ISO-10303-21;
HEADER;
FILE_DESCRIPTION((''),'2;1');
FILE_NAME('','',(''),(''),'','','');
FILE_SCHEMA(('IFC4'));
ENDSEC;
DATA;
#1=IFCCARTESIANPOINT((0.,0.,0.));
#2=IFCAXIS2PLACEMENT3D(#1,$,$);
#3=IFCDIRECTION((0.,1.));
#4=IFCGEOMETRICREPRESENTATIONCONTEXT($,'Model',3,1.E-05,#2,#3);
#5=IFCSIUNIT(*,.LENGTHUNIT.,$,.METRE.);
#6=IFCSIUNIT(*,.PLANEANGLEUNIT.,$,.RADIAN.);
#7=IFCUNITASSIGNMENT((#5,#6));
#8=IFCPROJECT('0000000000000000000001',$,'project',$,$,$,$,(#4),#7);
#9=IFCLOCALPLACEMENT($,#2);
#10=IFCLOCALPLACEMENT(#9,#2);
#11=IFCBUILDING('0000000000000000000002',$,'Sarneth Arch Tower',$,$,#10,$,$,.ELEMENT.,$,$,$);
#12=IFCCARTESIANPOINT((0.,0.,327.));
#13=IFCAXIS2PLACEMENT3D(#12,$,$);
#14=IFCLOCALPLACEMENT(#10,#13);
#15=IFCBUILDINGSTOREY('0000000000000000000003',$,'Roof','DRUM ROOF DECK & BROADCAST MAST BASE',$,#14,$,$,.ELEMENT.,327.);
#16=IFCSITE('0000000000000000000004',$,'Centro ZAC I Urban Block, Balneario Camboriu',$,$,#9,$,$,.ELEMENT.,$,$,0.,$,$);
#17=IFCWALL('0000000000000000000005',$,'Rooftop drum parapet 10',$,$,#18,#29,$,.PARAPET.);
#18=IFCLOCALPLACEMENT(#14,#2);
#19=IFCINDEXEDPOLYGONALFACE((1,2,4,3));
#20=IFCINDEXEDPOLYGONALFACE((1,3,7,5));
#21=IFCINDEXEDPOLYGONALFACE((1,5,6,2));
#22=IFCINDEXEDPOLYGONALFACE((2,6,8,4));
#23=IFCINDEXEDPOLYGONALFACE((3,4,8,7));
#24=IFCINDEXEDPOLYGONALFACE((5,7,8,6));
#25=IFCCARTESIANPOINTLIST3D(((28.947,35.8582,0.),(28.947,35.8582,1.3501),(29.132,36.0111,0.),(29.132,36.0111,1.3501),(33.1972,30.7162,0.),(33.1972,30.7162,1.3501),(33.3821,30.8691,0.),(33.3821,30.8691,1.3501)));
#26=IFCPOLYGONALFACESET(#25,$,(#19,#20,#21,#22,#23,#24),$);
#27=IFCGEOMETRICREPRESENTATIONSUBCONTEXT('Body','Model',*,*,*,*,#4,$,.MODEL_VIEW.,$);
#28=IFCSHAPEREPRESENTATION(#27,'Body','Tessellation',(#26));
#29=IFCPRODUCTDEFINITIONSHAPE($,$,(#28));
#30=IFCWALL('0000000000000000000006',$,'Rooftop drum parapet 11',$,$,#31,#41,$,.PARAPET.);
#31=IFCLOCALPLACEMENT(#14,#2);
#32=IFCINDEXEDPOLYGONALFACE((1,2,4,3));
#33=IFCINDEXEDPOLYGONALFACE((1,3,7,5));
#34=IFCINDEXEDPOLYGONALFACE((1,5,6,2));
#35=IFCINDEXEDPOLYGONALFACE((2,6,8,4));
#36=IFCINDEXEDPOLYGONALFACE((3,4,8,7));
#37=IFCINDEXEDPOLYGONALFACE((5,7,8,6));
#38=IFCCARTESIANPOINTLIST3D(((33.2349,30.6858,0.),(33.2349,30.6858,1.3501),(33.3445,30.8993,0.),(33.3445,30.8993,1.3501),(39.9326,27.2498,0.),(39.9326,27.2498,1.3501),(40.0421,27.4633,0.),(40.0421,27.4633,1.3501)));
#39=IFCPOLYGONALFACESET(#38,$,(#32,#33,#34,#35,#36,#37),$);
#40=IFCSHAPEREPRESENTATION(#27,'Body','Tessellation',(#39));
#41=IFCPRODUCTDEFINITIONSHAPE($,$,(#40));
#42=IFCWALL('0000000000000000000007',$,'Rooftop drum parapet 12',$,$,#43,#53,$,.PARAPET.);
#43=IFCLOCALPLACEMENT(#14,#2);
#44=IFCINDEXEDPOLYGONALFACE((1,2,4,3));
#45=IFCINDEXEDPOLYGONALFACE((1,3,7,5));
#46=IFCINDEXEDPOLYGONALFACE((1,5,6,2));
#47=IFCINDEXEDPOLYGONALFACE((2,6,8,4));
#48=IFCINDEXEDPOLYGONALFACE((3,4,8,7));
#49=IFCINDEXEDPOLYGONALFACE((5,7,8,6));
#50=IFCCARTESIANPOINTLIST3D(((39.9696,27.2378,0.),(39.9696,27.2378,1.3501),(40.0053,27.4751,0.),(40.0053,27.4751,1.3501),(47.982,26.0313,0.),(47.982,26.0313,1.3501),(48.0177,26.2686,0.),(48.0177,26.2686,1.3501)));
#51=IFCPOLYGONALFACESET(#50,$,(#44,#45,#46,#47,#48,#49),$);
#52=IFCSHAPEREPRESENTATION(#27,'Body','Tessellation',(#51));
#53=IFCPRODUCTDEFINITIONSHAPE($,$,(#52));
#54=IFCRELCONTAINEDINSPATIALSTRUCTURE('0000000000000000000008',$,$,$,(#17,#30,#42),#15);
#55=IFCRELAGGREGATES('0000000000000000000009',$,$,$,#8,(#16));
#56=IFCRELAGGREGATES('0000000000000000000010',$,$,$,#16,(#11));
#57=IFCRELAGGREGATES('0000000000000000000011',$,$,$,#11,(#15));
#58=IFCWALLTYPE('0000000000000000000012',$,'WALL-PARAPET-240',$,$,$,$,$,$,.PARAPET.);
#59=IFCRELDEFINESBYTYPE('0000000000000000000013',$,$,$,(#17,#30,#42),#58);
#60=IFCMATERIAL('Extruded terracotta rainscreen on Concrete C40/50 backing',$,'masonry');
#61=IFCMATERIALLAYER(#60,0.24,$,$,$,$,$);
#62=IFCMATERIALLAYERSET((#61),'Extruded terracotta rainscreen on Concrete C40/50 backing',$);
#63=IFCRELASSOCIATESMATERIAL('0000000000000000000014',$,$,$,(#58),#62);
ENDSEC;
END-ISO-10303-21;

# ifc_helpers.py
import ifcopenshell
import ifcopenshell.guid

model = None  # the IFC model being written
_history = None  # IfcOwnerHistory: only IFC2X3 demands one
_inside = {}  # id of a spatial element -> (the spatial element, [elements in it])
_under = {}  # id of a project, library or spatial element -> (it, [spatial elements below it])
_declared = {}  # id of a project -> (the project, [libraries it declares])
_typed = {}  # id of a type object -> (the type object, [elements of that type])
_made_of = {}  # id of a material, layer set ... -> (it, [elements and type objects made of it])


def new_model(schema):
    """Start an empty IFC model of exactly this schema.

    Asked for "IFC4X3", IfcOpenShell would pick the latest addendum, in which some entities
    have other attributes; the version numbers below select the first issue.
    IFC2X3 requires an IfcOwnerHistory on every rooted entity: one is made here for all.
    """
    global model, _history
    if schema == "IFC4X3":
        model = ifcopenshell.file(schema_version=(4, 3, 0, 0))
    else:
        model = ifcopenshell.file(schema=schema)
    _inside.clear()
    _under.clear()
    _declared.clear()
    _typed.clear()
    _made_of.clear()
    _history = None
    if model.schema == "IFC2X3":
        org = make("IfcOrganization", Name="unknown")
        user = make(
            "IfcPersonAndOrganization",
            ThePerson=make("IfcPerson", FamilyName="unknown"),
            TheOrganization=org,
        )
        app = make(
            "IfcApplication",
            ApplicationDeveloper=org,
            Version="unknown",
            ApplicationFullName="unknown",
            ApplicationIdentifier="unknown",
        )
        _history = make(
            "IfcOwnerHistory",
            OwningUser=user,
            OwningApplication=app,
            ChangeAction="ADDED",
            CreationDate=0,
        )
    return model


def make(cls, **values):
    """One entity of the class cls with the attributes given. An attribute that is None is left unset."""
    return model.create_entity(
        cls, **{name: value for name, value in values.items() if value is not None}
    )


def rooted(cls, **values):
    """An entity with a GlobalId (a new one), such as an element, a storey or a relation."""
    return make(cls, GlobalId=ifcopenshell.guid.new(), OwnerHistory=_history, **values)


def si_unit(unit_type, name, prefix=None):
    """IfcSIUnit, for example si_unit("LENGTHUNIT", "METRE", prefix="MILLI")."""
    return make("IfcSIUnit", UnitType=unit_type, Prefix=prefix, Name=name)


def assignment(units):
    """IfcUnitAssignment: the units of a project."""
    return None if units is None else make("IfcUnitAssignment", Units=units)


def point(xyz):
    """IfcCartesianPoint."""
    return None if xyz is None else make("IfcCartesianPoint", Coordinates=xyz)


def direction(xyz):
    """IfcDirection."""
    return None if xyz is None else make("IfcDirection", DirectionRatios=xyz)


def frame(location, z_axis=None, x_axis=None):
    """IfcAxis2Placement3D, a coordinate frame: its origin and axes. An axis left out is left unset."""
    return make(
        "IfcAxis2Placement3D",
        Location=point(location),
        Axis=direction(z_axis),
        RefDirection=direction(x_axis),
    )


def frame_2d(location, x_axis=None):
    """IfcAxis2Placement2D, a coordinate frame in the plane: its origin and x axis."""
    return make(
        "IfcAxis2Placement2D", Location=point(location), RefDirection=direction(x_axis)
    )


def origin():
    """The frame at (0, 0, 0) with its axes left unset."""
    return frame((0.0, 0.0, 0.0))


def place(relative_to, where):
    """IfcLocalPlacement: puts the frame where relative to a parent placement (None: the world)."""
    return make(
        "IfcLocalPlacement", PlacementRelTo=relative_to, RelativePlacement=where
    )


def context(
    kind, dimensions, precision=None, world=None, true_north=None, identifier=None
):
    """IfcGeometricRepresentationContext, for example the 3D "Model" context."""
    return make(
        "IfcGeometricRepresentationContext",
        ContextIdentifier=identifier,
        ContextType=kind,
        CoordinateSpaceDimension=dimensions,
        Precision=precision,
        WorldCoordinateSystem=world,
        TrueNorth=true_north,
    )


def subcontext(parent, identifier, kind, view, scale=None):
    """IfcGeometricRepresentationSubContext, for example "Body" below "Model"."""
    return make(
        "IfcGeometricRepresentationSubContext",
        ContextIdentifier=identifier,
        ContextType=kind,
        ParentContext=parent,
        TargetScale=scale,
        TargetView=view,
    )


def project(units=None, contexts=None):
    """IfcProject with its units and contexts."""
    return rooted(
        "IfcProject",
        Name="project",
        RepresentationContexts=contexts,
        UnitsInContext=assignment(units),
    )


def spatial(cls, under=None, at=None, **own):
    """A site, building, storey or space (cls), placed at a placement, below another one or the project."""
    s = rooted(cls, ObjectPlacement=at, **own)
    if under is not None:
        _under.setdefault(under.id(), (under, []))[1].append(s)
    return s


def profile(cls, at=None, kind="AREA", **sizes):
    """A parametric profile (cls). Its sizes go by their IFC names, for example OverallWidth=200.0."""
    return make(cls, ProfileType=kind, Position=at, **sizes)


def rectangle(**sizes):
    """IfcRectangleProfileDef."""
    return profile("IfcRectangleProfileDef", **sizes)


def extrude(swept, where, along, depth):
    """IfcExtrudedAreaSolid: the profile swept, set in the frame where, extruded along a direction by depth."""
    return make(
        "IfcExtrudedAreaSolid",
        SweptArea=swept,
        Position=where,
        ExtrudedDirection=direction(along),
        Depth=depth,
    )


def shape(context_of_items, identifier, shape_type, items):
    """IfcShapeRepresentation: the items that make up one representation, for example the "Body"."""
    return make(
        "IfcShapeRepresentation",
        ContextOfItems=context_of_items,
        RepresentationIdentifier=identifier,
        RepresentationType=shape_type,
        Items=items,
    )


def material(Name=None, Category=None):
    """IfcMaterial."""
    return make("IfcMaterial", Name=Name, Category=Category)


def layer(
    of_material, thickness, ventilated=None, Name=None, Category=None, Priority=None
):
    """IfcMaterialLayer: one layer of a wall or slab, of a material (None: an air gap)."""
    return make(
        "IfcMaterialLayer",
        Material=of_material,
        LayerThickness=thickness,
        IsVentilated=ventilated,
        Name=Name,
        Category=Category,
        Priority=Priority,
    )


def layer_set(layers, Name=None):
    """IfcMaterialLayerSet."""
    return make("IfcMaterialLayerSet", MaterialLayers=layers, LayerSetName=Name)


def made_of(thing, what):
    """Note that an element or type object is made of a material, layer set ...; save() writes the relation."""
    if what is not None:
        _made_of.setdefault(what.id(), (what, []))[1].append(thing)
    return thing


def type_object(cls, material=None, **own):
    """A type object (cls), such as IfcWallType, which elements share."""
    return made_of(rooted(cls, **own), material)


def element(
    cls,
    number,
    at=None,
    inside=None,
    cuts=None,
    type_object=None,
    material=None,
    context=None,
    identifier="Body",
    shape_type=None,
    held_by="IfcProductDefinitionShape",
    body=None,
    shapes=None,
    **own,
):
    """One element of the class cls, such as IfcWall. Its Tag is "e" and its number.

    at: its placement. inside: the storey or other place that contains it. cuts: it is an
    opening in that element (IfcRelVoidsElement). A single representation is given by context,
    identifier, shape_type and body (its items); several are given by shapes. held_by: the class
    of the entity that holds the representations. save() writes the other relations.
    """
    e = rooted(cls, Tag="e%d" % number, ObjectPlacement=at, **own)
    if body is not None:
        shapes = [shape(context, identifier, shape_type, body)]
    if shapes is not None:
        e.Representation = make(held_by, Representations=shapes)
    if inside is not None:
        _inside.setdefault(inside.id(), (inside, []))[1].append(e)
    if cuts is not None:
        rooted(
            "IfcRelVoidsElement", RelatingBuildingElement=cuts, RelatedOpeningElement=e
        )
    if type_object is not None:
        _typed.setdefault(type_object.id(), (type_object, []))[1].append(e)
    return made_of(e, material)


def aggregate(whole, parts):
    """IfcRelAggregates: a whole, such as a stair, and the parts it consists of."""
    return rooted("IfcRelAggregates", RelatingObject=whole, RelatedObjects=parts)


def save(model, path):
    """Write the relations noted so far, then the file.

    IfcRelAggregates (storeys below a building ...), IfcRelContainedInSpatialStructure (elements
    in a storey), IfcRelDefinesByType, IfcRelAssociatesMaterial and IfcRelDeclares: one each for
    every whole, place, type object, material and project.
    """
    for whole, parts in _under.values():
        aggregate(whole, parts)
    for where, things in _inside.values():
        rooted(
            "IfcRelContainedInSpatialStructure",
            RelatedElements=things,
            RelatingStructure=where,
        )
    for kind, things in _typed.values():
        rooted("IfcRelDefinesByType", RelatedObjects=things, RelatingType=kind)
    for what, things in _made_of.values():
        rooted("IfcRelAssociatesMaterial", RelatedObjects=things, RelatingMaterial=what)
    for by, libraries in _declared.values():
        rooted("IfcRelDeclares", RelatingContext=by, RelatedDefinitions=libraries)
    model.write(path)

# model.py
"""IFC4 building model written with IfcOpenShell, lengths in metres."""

from ifc_helpers import new_model, si_unit, direction, frame, frame_2d, origin, place, context, subcontext, project, spatial, rectangle, extrude, material, layer, layer_set, type_object, element, save


model = new_model("IFC4")

# Units and contexts
model_context = context("Model", 3, precision=1e-05, world=origin(), true_north=direction((0.0, 1.0)))
body_context = subcontext(model_context, "Body", "Model", "MODEL_VIEW")
ifc_project = project(units=[si_unit("LENGTHUNIT", "METRE"), si_unit("PLANEANGLEUNIT", "RADIAN")], contexts=[model_context])

# Site, building, storey
site_placement = place(None, origin())
site = spatial("IfcSite", under=ifc_project, at=site_placement, Name="Centro ZAC I Urban Block, Balneario Camboriu", CompositionType="ELEMENT", RefElevation=0.0)
building_placement = place(site_placement, origin())
building = spatial("IfcBuilding", under=site, at=building_placement, Name="Sarneth Arch Tower", CompositionType="ELEMENT")
storey_placement = place(building_placement, frame((0.0, 0.0, 327.0)))
storey = spatial("IfcBuildingStorey", under=building, at=storey_placement, Name="Roof", Description="DRUM ROOF DECK & BROADCAST MAST BASE", CompositionType="ELEMENT", Elevation=327.0)

# Walls
ifc_material_1 = material(Name="Extruded terracotta rainscreen on Concrete C40/50 backing", Category="masonry")
ifc_layer_1 = layer(ifc_material_1, 0.24)
ifc_layer_set_1 = layer_set([ifc_layer_1], Name="Extruded terracotta rainscreen on Concrete C40/50 backing")
wall_type = type_object("IfcWallType", Name="WALL-PARAPET-240", PredefinedType="PARAPET", material=ifc_layer_set_1)
wall_1_placement = place(storey_placement, frame((29.0396, 35.9346, 0.0), z_axis=(0.0, 0.0, 1.0), x_axis=(0.637098, -0.770783, 0.0)))
element("IfcWall", 1, at=wall_1_placement, inside=storey, type_object=wall_type, Name="Rooftop drum parapet 10", PredefinedType="PARAPET", context=body_context, shape_type="SweptSolid", body=[
    extrude(rectangle(XDim=6.6711, YDim=0.24, at=frame_2d((3.3354, 0.0))), origin(), (0.0, 0.0, 1.0), 1.3501),
])
wall_2_placement = place(storey_placement, frame((33.2898, 30.7925, 0.0), z_axis=(0.0, 0.0, 1.0), x_axis=(0.889748, -0.456452, 0.0)))
element("IfcWall", 2, at=wall_2_placement, inside=storey, type_object=wall_type, Name="Rooftop drum parapet 11", PredefinedType="PARAPET", context=body_context, shape_type="SweptSolid", body=[
    extrude(rectangle(XDim=7.5276, YDim=0.24, at=frame_2d((3.7637, 0.0))), origin(), (0.0, 0.0, 1.0), 1.3501),
])
wall_3_placement = place(storey_placement, frame((39.9875, 27.3564, 0.0), z_axis=(0.0, 0.0, 1.0), x_axis=(0.988852, -0.148905, 0.0)))
element("IfcWall", 3, at=wall_3_placement, inside=storey, type_object=wall_type, Name="Rooftop drum parapet 12", PredefinedType="PARAPET", context=body_context, shape_type="SweptSolid", body=[
    extrude(rectangle(XDim=8.1028, YDim=0.24, at=frame_2d((4.0513, 0.0))), origin(), (0.0, 0.0, 1.0), 1.3501),
])

save(model, "model.ifc")
